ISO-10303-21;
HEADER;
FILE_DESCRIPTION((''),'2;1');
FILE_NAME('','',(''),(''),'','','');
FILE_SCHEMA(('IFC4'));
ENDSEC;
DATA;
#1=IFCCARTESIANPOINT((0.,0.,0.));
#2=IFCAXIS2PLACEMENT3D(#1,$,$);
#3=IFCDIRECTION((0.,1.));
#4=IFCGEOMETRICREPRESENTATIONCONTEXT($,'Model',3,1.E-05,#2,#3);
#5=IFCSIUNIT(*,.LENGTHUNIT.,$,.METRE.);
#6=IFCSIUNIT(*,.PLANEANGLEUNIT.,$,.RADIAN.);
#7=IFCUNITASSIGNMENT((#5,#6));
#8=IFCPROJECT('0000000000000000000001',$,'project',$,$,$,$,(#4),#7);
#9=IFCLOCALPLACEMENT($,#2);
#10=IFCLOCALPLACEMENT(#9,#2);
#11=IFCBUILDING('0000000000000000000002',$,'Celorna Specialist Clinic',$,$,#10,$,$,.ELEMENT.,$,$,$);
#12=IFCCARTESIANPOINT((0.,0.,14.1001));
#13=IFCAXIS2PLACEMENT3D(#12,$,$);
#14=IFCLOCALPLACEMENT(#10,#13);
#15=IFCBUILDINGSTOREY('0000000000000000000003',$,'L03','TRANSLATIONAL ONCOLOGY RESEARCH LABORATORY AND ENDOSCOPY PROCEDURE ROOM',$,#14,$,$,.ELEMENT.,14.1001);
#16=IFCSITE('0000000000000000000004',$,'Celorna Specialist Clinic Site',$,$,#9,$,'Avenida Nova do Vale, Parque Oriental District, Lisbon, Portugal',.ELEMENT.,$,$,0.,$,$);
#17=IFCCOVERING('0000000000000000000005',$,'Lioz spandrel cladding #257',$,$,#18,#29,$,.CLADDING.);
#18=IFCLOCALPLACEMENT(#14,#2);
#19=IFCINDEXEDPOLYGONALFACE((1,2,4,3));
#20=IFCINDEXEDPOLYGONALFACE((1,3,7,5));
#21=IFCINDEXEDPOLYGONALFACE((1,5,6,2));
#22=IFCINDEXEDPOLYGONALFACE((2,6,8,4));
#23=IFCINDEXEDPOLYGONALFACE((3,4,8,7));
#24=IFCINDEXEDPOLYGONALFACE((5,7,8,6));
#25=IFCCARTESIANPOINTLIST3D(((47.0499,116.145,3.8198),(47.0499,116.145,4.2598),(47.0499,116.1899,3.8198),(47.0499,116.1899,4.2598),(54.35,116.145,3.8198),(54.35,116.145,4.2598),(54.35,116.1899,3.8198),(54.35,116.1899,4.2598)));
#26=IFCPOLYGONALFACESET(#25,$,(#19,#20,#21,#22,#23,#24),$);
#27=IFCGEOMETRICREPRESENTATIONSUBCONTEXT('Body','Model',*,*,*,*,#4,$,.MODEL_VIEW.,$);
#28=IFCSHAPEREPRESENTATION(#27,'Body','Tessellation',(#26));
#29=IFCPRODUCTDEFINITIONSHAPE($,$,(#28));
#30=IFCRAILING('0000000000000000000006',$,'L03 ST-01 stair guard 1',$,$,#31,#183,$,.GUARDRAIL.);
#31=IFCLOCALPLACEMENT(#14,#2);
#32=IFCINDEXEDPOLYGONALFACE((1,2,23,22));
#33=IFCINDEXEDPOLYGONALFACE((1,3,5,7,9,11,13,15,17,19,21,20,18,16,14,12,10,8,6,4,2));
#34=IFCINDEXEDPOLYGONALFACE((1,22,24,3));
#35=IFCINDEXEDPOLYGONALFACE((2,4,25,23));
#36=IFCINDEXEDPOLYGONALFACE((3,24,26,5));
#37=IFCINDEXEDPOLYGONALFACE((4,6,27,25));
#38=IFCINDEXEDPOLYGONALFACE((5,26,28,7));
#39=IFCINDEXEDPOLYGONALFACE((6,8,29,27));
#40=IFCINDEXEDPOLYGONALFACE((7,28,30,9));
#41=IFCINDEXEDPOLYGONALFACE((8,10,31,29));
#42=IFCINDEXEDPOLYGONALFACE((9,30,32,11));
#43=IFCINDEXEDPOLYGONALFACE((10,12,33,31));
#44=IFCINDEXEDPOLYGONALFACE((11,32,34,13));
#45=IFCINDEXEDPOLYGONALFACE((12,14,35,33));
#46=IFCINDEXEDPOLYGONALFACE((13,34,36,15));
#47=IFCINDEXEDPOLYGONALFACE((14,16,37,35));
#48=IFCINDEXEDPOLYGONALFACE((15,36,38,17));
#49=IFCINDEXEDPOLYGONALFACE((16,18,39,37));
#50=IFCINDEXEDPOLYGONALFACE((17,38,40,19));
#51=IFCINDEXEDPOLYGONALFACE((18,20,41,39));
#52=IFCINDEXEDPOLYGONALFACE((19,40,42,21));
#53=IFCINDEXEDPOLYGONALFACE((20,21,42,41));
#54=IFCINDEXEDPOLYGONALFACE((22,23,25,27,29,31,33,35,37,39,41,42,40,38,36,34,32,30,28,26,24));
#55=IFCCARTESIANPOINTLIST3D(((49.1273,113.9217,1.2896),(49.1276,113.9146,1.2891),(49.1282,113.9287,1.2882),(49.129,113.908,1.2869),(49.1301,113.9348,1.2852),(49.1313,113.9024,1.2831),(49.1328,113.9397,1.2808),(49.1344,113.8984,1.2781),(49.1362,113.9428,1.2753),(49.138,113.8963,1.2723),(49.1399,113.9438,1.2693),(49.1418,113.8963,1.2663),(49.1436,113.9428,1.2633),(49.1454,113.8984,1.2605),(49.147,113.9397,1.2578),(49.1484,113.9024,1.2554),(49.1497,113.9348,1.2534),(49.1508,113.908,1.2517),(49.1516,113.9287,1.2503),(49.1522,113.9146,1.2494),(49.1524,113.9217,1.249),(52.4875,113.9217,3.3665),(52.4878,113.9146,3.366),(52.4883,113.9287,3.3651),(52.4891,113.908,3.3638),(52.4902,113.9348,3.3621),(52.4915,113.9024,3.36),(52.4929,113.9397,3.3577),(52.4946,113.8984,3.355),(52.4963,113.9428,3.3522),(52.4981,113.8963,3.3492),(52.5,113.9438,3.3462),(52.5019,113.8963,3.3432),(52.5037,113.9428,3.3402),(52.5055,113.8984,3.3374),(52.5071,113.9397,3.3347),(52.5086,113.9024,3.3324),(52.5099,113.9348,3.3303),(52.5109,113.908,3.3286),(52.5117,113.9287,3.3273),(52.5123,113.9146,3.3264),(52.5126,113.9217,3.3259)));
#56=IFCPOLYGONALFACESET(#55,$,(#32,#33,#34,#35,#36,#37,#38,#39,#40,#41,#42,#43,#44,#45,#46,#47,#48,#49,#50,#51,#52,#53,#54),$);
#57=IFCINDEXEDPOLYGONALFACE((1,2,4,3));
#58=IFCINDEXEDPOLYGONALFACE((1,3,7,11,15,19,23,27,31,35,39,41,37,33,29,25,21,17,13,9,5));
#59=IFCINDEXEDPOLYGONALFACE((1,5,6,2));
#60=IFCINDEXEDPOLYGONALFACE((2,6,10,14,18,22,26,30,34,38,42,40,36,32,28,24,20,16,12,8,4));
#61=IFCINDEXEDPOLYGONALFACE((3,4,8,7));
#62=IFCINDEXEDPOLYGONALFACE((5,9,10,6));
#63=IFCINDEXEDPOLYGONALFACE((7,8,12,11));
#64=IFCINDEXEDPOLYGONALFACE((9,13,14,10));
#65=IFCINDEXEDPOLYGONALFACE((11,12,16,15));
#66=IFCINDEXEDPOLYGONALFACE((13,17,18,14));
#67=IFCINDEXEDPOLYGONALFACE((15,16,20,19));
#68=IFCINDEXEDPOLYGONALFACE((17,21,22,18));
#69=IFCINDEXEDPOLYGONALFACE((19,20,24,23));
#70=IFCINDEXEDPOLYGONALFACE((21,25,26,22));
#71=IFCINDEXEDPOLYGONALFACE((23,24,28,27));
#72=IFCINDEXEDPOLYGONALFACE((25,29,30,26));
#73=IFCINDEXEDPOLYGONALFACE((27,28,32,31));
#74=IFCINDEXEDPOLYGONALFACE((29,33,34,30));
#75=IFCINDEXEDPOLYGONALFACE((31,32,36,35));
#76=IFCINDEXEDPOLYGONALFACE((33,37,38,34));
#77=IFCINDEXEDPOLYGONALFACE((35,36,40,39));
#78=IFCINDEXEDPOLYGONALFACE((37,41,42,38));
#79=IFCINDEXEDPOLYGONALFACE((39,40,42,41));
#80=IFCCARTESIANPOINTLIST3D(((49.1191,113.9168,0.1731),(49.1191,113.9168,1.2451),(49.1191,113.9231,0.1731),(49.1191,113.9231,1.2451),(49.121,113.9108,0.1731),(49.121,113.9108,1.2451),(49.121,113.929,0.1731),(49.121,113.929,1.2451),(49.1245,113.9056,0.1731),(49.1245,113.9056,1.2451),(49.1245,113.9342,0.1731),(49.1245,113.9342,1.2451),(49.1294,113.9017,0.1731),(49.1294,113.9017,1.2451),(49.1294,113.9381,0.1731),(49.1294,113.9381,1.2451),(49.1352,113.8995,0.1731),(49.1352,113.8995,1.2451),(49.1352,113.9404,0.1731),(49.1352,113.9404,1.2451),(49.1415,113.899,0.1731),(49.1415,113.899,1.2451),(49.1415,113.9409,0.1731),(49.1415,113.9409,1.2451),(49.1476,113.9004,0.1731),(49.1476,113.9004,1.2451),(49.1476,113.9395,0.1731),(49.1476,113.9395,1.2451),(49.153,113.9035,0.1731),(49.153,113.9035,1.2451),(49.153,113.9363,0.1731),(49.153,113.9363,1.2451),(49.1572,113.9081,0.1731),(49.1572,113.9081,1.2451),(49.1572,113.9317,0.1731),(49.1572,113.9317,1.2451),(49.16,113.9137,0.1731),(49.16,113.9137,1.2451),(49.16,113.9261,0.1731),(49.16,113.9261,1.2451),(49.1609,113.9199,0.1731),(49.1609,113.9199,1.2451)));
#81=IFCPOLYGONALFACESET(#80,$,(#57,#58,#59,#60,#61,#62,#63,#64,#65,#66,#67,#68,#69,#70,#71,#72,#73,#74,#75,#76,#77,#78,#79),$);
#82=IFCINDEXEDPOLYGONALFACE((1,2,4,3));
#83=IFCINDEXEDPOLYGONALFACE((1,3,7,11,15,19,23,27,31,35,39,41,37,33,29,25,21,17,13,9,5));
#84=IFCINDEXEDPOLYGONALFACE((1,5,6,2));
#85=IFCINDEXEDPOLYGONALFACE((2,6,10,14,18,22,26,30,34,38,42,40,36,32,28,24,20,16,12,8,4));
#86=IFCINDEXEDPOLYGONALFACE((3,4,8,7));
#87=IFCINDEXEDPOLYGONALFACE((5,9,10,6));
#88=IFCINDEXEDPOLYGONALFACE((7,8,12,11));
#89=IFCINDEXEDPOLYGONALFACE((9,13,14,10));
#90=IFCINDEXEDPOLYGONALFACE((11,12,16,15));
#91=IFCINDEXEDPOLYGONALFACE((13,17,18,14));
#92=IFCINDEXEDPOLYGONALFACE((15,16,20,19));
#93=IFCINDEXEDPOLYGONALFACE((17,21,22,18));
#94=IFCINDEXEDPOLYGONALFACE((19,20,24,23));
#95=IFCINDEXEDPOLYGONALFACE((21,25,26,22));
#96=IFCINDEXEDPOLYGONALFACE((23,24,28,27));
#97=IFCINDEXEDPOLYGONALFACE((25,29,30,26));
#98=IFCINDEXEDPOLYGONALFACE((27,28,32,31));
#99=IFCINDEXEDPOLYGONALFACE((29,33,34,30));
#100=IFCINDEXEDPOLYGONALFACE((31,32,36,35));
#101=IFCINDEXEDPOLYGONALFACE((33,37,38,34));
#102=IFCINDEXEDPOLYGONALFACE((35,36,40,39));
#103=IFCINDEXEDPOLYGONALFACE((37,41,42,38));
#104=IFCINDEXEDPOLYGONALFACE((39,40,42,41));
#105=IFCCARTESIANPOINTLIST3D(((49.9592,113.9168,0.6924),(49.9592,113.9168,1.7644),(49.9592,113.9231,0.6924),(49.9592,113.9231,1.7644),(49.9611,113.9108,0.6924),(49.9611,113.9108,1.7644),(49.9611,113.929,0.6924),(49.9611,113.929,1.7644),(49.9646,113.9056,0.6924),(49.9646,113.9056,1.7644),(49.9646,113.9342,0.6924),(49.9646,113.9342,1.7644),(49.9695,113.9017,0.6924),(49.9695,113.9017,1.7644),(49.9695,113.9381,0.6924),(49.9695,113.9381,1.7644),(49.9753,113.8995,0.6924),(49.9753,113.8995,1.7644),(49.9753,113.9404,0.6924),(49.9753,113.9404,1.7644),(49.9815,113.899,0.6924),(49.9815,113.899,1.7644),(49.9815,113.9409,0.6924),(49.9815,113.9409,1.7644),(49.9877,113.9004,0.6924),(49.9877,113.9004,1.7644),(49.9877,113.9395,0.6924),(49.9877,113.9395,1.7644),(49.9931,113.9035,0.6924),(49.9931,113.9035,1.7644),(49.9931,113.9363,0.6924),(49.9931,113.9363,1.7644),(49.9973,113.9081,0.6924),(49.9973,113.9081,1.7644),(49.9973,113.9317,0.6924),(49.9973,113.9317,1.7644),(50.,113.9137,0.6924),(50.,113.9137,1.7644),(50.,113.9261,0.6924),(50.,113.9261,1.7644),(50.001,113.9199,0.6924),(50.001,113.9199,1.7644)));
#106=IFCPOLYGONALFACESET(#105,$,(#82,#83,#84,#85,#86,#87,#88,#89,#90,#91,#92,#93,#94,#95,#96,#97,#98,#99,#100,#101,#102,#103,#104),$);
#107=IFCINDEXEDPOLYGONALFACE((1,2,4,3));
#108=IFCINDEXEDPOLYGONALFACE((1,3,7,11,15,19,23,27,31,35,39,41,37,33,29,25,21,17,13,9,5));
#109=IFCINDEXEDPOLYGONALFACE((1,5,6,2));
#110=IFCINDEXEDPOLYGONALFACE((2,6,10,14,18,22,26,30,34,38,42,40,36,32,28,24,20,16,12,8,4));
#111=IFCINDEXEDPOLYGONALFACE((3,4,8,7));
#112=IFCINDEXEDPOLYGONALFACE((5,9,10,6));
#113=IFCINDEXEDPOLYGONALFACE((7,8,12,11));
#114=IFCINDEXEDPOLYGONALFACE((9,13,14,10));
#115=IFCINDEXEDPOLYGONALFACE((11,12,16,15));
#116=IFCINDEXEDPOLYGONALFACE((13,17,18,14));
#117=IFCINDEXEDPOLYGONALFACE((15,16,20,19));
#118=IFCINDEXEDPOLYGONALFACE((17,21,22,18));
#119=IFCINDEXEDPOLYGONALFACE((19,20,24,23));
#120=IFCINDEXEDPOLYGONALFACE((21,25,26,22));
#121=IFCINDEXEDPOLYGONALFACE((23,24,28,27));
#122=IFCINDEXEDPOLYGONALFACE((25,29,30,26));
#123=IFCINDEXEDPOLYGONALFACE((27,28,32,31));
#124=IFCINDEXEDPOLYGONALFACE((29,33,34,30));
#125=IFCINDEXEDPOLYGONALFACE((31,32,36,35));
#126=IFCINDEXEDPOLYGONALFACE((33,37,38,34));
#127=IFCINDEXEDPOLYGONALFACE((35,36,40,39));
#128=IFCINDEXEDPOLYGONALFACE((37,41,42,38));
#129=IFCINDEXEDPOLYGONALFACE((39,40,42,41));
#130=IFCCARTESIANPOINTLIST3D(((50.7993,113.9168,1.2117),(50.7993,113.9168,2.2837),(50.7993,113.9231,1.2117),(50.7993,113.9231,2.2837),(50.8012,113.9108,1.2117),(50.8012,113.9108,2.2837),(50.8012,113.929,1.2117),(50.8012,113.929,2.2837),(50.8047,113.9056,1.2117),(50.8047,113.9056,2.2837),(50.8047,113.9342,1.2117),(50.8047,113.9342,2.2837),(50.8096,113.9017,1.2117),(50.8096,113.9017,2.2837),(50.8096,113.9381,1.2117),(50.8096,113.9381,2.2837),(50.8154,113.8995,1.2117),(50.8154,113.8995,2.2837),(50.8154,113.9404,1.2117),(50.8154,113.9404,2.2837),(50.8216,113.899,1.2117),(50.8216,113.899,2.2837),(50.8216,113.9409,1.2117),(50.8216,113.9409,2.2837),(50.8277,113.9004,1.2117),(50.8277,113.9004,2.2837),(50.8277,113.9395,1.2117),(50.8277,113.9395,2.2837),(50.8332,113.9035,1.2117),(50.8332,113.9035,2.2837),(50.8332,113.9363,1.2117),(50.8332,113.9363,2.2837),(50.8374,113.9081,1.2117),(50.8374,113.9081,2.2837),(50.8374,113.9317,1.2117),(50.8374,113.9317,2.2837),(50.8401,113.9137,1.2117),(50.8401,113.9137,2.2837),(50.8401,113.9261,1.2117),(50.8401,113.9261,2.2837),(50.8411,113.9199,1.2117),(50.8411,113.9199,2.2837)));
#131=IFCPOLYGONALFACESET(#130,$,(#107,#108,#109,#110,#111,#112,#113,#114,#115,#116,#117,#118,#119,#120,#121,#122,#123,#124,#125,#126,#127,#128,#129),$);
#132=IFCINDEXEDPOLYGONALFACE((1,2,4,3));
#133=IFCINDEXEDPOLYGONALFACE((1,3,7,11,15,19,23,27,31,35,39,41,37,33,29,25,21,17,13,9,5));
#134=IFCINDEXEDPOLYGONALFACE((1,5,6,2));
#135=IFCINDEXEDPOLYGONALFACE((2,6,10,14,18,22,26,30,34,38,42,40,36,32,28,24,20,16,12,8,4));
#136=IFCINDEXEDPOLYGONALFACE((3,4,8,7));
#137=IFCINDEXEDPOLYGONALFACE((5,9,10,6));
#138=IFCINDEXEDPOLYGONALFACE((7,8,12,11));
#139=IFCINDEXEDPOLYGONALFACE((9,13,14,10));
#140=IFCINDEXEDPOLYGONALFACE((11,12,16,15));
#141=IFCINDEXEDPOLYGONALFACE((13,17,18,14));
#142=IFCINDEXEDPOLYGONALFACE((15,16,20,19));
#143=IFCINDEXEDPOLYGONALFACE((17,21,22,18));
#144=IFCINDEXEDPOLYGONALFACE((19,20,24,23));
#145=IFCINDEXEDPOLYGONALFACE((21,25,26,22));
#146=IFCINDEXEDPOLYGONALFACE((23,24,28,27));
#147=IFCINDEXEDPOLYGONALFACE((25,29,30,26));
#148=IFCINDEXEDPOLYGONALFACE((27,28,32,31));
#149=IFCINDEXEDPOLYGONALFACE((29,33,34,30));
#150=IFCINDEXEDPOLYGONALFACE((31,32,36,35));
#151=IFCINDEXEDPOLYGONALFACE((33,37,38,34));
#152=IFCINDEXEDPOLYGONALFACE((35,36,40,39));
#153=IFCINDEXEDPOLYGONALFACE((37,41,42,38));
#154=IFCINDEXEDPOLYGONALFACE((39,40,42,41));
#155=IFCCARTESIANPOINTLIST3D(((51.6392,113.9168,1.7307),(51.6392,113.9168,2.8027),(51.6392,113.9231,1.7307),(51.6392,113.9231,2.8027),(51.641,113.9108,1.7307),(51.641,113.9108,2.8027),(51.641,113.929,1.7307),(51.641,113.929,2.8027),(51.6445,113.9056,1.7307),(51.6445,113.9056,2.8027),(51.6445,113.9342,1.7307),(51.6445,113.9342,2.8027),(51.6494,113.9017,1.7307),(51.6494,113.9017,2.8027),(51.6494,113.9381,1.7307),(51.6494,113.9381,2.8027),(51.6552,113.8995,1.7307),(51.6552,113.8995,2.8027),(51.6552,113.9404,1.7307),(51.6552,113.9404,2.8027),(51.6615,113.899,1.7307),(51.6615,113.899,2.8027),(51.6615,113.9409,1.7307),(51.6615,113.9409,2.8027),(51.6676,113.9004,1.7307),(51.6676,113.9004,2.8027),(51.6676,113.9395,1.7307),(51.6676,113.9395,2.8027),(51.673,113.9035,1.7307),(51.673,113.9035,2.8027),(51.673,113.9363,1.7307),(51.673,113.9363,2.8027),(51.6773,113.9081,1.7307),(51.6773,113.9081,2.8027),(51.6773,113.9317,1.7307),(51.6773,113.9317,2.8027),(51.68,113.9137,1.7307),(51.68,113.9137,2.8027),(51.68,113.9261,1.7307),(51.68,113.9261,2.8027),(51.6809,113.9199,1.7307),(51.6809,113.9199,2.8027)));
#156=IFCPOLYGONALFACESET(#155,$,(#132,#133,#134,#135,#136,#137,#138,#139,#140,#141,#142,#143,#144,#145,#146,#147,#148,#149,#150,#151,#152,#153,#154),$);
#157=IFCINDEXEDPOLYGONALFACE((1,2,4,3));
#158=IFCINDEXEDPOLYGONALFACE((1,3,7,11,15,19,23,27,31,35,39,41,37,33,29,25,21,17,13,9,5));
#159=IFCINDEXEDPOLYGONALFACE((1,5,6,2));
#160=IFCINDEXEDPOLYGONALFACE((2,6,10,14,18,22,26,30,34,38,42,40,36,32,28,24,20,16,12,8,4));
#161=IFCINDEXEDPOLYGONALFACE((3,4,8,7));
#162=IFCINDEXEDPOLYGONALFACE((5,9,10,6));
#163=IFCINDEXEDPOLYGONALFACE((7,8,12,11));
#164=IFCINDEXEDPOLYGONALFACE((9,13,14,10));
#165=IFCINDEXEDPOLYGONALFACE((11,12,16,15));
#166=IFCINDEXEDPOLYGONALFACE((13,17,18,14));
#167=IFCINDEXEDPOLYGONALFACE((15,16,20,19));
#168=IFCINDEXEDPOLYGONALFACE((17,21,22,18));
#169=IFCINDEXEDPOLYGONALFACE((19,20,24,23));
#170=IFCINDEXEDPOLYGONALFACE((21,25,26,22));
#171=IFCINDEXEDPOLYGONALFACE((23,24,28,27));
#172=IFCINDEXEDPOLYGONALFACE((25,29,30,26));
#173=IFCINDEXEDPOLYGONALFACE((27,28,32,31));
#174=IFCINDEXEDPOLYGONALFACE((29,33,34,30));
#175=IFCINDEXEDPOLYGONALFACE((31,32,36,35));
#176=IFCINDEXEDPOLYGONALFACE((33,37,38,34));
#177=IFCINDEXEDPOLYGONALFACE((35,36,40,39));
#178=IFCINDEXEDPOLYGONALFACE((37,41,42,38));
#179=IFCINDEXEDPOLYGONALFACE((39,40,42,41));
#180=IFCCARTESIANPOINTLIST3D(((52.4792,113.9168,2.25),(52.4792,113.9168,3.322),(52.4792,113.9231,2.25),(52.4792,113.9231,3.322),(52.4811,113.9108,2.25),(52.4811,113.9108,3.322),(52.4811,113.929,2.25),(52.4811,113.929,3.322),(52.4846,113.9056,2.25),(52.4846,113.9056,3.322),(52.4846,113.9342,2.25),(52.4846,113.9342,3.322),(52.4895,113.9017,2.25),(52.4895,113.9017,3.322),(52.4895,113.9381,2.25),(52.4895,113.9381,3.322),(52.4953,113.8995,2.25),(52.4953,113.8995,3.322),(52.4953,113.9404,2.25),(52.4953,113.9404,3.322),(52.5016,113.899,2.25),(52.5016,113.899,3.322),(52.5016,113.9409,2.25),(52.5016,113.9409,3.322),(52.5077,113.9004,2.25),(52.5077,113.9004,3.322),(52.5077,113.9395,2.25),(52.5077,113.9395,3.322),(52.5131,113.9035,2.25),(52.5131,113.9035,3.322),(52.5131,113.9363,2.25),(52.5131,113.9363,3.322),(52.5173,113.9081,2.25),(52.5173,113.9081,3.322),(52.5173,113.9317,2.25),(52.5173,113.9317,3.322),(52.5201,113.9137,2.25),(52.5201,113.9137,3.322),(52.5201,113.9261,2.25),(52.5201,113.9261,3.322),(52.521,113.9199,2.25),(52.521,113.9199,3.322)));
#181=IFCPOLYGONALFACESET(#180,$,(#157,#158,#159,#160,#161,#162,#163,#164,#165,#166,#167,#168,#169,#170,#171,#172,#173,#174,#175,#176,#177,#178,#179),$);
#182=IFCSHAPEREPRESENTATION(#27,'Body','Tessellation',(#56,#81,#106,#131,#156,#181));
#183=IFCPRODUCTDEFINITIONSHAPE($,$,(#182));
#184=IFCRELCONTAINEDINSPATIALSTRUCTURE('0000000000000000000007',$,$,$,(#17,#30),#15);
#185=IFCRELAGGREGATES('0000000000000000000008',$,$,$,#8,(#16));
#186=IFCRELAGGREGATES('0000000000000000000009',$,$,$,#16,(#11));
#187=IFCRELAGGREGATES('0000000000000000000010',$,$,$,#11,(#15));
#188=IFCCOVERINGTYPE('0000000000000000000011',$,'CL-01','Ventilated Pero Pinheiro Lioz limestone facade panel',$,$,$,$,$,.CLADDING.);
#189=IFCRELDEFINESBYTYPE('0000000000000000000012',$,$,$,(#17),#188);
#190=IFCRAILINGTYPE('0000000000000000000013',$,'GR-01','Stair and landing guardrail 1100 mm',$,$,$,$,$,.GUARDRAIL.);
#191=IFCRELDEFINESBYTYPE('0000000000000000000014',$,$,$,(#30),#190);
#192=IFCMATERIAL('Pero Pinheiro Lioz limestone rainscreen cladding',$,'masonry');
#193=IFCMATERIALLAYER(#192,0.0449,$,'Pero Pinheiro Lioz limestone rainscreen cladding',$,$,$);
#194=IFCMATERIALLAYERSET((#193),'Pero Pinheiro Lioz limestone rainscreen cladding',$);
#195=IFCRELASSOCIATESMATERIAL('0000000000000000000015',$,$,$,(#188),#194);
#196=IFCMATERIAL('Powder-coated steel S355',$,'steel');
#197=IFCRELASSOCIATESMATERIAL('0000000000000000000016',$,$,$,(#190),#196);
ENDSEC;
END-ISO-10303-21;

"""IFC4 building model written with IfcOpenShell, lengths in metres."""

from ifc_helpers import new_model, si_unit, direction, frame, origin, origin_2d, place, context, subcontext, project, spatial, rectangle, circle, extrude, material, layer, layer_set, type_object, element, save


model = new_model("IFC4")

# Units and contexts
model_context = context("Model", 3, precision=1e-05, world=origin(), true_north=direction((0.0, 1.0)))
body_context = subcontext(model_context, "Body", "Model", "MODEL_VIEW")
ifc_project = project(units=[si_unit("LENGTHUNIT", "METRE"), si_unit("PLANEANGLEUNIT", "RADIAN")], contexts=[model_context])

# Site, building, storey
site_placement = place(None, origin())
site = spatial("IfcSite", under=ifc_project, at=site_placement, Name="Celorna Specialist Clinic Site", LongName="Avenida Nova do Vale, Parque Oriental District, Lisbon, Portugal", CompositionType="ELEMENT", RefElevation=0.0)
building_placement = place(site_placement, origin())
building = spatial("IfcBuilding", under=site, at=building_placement, Name="Celorna Specialist Clinic", CompositionType="ELEMENT")
storey_placement = place(building_placement, frame((0.0, 0.0, 14.1001)))
storey = spatial("IfcBuildingStorey", under=building, at=storey_placement, Name="L03", Description="TRANSLATIONAL ONCOLOGY RESEARCH LABORATORY AND ENDOSCOPY PROCEDURE ROOM", CompositionType="ELEMENT", Elevation=14.1001)

# Covering
ifc_material_1 = material(Name="Pero Pinheiro Lioz limestone rainscreen cladding", Category="masonry")
ifc_layer_1 = layer(ifc_material_1, 0.0449, Name="Pero Pinheiro Lioz limestone rainscreen cladding")
ifc_layer_set_1 = layer_set([ifc_layer_1], Name="Pero Pinheiro Lioz limestone rainscreen cladding")
covering_type = type_object("IfcCoveringType", Name="CL-01", Description="Ventilated Pero Pinheiro Lioz limestone facade panel", PredefinedType="CLADDING", material=ifc_layer_set_1)
covering_placement = place(storey_placement, frame((50.7, 116.1675, 3.8198), z_axis=(0.0, 0.0, 1.0), x_axis=(1.0, 0.0, 0.0)))
element("IfcCovering", 1, at=covering_placement, inside=storey, type_object=covering_type, Name="Lioz spandrel cladding #257", PredefinedType="CLADDING", context=body_context, shape_type="SweptSolid", body=[
    extrude(rectangle(XDim=7.3, YDim=0.0449, at=origin_2d()), origin(), (0.0, 0.0, 1.0), 0.4399),
])

# Railing
ifc_material_2 = material(Name="Powder-coated steel S355", Category="steel")
railing_type_1 = type_object("IfcRailingType", Name="GR-01", Description="Stair and landing guardrail 1100 mm", PredefinedType="GUARDRAIL", material=ifc_material_2)
railing_1_placement = place(storey_placement, frame((49.1399, 113.9199, 0.1731)))
element("IfcRailing", 2, at=railing_1_placement, inside=storey, type_object=railing_type_1, Name="L03 ST-01 stair guard 1", PredefinedType="GUARDRAIL", context=body_context, shape_type="SweptSolid", body=[
    extrude(circle(Radius=0.0239, at=origin_2d()), frame((0.0, 0.0, 1.0962), z_axis=(0.850623, 0.0, 0.525776), x_axis=(0.0, 1.0, 0.0)), (0.0, 0.0, 1.0), 3.9502),
    extrude(circle(Radius=0.021, at=origin_2d()), origin(), (0.0, 0.0, 1.0), 1.072),
    extrude(circle(Radius=0.021, at=origin_2d()), frame((0.8401, 0.0, 0.5193)), (0.0, 0.0, 1.0), 1.072),
    extrude(circle(Radius=0.021, at=origin_2d()), frame((1.6802, 0.0, 1.0386)), (0.0, 0.0, 1.0), 1.072),
    extrude(circle(Radius=0.021, at=origin_2d()), frame((2.52, 0.0, 1.5576)), (0.0, 0.0, 1.0), 1.072),
    extrude(circle(Radius=0.021, at=origin_2d()), frame((3.3601, 0.0, 2.0769)), (0.0, 0.0, 1.0), 1.072),
])

save(model, "model.ifc")
